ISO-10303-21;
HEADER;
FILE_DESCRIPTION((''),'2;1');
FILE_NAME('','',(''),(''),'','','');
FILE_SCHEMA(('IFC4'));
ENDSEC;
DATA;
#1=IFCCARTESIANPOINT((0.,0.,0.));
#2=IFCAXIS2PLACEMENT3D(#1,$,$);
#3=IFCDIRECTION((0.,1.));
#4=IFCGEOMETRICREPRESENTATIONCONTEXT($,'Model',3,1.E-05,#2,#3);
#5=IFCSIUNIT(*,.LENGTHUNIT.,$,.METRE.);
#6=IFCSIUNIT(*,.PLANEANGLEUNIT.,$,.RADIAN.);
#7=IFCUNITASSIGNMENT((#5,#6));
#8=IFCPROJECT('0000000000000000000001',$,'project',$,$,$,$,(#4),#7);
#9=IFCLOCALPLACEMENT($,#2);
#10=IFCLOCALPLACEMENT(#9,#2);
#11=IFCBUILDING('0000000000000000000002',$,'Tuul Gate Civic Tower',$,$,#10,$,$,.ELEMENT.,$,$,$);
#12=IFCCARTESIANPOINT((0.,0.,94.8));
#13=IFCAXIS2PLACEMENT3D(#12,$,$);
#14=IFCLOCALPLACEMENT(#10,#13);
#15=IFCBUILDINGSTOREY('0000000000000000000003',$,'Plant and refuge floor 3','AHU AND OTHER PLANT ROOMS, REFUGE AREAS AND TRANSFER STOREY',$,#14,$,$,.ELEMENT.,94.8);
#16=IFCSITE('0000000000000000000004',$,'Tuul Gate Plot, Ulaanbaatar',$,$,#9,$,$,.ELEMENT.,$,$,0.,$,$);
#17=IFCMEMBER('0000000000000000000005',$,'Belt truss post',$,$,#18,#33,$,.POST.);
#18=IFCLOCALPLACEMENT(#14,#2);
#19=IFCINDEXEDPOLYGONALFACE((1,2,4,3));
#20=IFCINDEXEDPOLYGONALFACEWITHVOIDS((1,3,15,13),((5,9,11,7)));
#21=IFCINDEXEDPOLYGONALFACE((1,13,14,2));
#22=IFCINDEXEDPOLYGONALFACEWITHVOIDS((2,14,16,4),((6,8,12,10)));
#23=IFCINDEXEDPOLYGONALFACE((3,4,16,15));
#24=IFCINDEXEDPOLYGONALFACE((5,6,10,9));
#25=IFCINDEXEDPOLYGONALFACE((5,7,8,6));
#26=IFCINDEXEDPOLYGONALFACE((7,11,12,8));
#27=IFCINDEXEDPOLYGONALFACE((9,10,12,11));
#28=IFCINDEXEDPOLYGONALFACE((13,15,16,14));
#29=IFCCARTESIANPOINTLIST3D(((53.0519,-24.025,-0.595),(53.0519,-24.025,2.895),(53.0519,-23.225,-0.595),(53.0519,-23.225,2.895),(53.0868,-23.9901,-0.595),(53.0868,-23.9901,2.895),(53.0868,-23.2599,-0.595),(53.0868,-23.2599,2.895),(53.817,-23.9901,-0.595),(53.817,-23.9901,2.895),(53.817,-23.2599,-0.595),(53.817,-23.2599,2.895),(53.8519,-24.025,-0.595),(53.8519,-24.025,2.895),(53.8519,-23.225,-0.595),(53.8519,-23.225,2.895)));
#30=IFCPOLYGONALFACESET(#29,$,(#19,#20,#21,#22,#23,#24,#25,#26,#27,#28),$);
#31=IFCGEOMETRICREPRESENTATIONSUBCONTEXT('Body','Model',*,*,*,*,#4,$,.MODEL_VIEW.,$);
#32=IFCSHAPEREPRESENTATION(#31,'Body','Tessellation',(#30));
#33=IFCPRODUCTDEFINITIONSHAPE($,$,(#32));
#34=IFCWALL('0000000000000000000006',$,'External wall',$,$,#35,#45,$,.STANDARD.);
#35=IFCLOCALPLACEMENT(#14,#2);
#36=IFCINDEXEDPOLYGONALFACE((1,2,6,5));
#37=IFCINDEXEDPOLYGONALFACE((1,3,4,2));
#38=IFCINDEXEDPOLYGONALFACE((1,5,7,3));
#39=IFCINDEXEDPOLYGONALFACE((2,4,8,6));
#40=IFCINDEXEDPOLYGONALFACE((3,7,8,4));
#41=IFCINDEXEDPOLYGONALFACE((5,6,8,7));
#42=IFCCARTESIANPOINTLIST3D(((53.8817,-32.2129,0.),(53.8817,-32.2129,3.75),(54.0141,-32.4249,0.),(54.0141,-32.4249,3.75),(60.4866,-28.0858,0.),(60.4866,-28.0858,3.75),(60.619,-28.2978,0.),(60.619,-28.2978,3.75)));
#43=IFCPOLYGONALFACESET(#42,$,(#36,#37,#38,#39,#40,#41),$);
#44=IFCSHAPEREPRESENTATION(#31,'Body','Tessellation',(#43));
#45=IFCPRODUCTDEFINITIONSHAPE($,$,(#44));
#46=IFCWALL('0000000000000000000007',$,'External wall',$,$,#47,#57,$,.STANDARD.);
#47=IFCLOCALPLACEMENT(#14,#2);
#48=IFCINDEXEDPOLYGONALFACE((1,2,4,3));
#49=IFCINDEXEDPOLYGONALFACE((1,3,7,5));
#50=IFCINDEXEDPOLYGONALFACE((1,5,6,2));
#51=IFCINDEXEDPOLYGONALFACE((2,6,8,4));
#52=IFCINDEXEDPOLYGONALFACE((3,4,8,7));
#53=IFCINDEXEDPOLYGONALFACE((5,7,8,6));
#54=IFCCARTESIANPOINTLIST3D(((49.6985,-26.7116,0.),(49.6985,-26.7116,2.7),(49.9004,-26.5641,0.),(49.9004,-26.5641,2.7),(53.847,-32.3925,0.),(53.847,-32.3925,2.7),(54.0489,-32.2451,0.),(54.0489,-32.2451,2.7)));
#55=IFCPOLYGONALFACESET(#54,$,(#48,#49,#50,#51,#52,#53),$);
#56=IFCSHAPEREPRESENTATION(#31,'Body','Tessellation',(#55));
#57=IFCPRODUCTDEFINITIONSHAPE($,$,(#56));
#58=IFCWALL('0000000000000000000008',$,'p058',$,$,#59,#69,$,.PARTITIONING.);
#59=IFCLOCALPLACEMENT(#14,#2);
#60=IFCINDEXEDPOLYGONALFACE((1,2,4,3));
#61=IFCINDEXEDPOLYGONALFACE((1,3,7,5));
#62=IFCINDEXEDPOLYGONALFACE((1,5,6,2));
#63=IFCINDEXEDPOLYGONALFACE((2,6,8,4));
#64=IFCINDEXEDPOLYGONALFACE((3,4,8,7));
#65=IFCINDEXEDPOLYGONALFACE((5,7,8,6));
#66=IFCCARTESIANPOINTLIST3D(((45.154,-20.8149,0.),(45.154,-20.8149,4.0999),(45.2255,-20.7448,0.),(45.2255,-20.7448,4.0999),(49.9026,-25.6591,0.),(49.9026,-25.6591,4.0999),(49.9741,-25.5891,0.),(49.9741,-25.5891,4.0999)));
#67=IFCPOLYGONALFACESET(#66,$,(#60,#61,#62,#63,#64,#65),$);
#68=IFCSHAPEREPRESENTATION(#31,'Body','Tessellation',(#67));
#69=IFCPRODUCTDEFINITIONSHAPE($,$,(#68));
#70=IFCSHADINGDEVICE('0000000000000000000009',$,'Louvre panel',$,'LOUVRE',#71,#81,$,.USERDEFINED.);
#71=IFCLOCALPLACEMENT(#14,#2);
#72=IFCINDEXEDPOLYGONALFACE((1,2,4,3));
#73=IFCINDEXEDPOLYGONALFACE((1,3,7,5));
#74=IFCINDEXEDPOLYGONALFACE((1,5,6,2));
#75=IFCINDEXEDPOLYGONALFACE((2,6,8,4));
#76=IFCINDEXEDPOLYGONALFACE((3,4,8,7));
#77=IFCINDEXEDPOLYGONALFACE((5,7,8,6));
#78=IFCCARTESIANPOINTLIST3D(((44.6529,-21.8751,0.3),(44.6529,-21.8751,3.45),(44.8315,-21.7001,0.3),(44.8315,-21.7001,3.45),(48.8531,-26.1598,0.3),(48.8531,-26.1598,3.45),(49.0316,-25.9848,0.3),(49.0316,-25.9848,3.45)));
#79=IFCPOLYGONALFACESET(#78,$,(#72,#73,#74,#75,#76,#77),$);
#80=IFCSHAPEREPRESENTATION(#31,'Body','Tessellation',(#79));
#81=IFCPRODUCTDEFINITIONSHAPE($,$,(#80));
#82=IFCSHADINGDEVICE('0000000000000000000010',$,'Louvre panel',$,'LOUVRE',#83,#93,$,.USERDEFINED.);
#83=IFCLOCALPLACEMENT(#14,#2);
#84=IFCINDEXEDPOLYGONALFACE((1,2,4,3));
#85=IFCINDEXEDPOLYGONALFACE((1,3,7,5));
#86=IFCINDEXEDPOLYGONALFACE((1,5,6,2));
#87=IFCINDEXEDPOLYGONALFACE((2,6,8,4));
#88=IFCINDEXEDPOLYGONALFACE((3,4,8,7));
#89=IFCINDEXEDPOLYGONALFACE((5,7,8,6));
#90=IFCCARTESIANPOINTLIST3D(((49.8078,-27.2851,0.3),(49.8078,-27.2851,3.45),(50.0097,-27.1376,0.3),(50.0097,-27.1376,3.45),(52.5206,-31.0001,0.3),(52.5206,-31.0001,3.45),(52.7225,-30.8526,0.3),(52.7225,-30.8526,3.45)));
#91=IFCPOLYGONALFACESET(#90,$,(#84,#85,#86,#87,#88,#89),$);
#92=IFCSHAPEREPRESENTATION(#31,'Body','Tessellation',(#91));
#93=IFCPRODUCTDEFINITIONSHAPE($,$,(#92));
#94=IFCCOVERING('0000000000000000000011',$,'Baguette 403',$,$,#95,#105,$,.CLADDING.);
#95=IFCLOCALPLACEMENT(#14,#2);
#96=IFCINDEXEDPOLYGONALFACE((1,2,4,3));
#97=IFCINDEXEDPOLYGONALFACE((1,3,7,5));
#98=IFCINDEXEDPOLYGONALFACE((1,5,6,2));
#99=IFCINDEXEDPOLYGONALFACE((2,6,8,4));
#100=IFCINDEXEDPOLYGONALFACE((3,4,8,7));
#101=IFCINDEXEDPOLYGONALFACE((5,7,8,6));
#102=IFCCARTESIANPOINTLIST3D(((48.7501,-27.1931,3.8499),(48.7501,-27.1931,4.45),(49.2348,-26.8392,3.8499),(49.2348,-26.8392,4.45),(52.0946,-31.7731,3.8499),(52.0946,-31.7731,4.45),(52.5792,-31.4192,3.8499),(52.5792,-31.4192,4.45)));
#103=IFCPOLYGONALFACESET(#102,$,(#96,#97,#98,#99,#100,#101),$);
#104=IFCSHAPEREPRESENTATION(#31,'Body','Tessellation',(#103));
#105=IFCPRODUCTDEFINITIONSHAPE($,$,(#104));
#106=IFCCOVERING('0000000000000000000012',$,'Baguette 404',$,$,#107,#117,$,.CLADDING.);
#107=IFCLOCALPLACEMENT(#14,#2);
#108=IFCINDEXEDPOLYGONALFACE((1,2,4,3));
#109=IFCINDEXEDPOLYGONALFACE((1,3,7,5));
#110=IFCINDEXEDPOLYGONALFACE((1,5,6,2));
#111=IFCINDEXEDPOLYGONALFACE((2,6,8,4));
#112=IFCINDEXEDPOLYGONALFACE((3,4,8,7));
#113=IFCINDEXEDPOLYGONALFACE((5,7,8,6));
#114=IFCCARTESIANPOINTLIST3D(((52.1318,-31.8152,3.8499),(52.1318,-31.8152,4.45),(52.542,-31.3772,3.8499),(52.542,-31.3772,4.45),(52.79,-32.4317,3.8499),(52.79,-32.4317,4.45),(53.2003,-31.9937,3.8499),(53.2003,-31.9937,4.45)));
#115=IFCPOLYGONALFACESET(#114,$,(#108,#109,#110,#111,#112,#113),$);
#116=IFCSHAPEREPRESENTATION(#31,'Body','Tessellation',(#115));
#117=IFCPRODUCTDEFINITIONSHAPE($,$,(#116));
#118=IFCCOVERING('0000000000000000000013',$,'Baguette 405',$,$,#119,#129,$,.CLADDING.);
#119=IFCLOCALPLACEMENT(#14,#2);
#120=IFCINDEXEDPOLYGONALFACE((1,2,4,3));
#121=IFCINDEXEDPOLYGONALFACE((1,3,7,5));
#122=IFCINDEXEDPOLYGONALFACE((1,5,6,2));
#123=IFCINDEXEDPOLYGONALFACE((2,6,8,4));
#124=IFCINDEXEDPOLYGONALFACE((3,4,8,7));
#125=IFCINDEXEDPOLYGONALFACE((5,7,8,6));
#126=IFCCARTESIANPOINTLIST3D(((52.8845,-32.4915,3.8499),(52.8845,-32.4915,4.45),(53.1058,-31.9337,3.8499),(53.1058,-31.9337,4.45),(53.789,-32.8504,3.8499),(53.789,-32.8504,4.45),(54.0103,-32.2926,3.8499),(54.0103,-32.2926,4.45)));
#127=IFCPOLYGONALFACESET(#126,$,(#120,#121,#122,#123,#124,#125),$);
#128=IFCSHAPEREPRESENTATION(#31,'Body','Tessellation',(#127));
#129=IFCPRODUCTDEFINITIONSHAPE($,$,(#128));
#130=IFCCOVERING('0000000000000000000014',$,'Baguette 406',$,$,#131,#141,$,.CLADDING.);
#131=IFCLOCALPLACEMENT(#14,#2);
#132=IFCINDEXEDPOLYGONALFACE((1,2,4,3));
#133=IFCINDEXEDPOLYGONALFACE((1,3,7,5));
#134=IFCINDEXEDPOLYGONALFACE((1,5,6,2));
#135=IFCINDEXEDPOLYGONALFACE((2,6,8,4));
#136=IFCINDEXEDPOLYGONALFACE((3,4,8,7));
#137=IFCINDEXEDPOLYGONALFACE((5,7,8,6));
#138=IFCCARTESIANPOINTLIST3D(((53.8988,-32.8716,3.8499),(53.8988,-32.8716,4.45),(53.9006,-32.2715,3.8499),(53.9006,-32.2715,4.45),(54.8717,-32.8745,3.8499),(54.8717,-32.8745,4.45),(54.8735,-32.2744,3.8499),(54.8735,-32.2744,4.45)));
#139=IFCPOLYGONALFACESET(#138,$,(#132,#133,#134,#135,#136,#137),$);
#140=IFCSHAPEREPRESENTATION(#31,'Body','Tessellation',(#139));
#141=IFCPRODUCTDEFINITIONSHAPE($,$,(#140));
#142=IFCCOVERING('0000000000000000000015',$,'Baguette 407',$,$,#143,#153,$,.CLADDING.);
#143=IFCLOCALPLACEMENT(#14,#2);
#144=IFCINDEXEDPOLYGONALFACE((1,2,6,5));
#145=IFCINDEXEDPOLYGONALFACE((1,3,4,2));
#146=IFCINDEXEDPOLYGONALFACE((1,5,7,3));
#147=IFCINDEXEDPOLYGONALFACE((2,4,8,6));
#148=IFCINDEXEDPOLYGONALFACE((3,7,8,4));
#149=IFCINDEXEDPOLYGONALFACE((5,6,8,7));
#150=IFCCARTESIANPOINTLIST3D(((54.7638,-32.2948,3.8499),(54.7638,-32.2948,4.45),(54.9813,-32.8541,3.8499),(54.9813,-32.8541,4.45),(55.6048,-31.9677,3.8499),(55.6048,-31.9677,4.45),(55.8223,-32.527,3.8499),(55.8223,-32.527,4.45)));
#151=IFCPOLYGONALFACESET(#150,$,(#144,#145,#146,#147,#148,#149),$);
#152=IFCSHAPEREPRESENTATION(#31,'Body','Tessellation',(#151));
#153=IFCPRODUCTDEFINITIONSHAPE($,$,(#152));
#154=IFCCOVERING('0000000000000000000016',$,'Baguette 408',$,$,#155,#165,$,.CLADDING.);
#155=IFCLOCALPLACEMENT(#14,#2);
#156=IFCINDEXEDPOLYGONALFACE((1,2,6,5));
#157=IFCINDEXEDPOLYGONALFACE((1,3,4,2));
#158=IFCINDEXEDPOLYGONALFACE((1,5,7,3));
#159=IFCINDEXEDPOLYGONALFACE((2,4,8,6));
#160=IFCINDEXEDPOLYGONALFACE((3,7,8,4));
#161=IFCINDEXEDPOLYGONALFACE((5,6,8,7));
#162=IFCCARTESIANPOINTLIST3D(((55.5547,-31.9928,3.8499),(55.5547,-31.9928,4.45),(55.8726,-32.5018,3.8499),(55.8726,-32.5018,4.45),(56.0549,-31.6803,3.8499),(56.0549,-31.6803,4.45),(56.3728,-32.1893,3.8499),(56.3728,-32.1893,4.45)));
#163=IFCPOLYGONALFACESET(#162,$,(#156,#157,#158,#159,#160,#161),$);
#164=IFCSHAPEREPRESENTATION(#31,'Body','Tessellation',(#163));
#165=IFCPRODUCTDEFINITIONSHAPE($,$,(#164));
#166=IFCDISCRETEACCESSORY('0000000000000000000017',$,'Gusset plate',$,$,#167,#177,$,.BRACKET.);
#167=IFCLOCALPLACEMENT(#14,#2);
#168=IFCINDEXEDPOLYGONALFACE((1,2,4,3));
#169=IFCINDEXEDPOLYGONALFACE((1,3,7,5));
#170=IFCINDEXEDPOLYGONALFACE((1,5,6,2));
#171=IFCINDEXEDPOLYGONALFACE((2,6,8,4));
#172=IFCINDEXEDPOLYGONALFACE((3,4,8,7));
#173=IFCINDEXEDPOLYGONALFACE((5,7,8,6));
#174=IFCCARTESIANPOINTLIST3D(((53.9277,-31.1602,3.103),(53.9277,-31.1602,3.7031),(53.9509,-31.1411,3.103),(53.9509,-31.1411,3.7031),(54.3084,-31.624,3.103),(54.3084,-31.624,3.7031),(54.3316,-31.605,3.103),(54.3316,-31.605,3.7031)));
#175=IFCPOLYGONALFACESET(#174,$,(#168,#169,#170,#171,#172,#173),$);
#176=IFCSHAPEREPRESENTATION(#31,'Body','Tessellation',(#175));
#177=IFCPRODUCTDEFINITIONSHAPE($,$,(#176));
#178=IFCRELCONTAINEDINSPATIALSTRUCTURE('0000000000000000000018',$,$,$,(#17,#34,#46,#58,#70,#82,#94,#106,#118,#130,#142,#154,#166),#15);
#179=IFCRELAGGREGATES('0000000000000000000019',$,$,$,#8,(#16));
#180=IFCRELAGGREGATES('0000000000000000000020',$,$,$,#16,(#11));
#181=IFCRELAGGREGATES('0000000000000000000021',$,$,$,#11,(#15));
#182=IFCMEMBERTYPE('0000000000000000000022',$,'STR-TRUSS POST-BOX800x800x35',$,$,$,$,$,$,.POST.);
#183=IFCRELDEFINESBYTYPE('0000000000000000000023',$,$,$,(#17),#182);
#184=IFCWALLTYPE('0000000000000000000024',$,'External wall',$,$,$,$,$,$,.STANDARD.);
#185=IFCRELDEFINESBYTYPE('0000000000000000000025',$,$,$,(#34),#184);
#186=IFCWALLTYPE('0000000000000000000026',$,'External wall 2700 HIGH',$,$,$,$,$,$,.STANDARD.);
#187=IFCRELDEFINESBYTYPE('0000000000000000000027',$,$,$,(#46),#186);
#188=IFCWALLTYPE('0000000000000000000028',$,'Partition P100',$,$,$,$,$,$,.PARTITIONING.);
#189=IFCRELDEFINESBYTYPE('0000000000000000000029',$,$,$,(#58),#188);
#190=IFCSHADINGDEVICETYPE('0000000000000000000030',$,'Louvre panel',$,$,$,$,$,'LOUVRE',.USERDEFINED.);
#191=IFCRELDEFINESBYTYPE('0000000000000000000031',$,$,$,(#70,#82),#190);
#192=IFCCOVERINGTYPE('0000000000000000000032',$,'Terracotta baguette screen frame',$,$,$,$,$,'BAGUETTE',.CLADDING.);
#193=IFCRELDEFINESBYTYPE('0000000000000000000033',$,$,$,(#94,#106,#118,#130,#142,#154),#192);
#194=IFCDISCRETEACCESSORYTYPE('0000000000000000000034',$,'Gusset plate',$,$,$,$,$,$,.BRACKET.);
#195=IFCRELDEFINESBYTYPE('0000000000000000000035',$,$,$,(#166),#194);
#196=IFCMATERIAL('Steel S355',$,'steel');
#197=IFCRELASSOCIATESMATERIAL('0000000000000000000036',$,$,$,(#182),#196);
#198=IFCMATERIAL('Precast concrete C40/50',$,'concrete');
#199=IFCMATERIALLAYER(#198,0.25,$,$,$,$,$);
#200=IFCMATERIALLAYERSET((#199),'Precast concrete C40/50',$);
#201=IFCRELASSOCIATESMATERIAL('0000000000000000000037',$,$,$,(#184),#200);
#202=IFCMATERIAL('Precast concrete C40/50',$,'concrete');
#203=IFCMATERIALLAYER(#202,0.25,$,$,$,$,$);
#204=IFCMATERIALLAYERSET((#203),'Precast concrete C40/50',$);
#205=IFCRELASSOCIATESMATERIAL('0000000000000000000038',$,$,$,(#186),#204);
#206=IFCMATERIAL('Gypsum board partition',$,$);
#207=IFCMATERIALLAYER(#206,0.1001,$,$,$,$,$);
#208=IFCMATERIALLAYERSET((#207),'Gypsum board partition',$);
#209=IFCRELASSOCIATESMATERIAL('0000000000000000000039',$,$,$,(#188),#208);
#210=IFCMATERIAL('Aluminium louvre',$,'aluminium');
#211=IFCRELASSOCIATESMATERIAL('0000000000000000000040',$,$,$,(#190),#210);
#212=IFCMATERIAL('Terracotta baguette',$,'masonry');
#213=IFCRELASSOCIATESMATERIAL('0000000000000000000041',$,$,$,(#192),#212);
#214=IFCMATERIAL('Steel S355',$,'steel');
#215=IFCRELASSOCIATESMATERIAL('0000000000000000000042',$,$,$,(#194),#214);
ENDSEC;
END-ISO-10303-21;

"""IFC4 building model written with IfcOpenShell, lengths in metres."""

from ifc_helpers import new_model, si_unit, direction, frame, frame_2d, origin, origin_2d, place, context, subcontext, project, spatial, rectangle, hollow_rectangle, extrude, material, layer, layer_set, material_profile, profile_set, type_object, element, save


model = new_model("IFC4")

# Units and contexts
model_context = context("Model", 3, precision=1e-05, world=origin(), true_north=direction((0.0, 1.0)))
body_context = subcontext(model_context, "Body", "Model", "MODEL_VIEW")
ifc_project = project(units=[si_unit("LENGTHUNIT", "METRE"), si_unit("PLANEANGLEUNIT", "RADIAN")], contexts=[model_context])

# Site, building, storey
site_placement = place(None, origin())
site = spatial("IfcSite", under=ifc_project, at=site_placement, Name="Tuul Gate Plot, Ulaanbaatar", CompositionType="ELEMENT", RefElevation=0.0)
building_placement = place(site_placement, origin())
building = spatial("IfcBuilding", under=site, at=building_placement, Name="Tuul Gate Civic Tower", CompositionType="ELEMENT")
storey_placement = place(building_placement, frame((0.0, 0.0, 94.8)))
storey = spatial("IfcBuildingStorey", under=building, at=storey_placement, Name="Plant and refuge floor 3", Description="AHU AND OTHER PLANT ROOMS, REFUGE AREAS AND TRANSFER STOREY", CompositionType="ELEMENT", Elevation=94.8)

# Member
ifc_material_1 = material(Name="Steel S355", Category="steel")
ifc_material_profile_1 = material_profile(ifc_material_1, hollow_rectangle(XDim=0.8, YDim=0.8, WallThickness=0.0349, at=origin_2d()), Name="BOX800x800x35")
ifc_profile_set_1 = profile_set([ifc_material_profile_1], Name="Steel S355")
member_type_1 = type_object("IfcMemberType", Name="STR-TRUSS POST-BOX800x800x35", PredefinedType="POST", material=ifc_profile_set_1)
for number, where, z_axis, x_axis, name in (
    (1, (53.4519, -23.625, -0.595), (0.0, 0.0, 1.0), (1.0, 0.0, 0.0), "Belt truss post"),
):
    element("IfcMember", number, at=place(storey_placement, frame(where, z_axis=z_axis, x_axis=x_axis)), inside=storey, type_object=member_type_1, Name=name, PredefinedType="POST", context=body_context, shape_type="SweptSolid", body=[
        extrude(hollow_rectangle(XDim=0.8, YDim=0.8, WallThickness=0.0349, at=origin_2d()), origin(), (0.0, 0.0, 1.0), 3.49),
    ])

# Walls
ifc_material_2 = material(Name="Precast concrete C40/50", Category="concrete")
ifc_layer_1 = layer(ifc_material_2, 0.25)
ifc_layer_set_1 = layer_set([ifc_layer_1], Name="Precast concrete C40/50")
wall_type_1 = type_object("IfcWallType", Name="External wall", PredefinedType="STANDARD", material=ifc_layer_set_1)
wall_1_placement = place(storey_placement, frame((53.948, -32.3188, 0.0), z_axis=(0.0, 0.0, 1.0), x_axis=(0.848051, 0.529914, 0.0)))
element("IfcWall", 2, at=wall_1_placement, inside=storey, type_object=wall_type_1, Name="External wall", PredefinedType="STANDARD", context=body_context, shape_type="SweptSolid", body=[
    extrude(rectangle(XDim=7.7883, YDim=0.25, at=frame_2d((3.894, 0.0))), origin(), (0.0, 0.0, 1.0), 3.75),
])
ifc_material_3 = material(Name="Precast concrete C40/50", Category="concrete")
ifc_layer_2 = layer(ifc_material_3, 0.25)
ifc_layer_set_2 = layer_set([ifc_layer_2], Name="Precast concrete C40/50")
wall_type_2 = type_object("IfcWallType", Name="External wall 2700 HIGH", PredefinedType="STANDARD", material=ifc_layer_set_2)
wall_2_placement = place(storey_placement, frame((49.7996, -26.6379, 0.0), z_axis=(0.0, 0.0, 1.0), x_axis=(0.589739, -0.807594, 0.0)))
element("IfcWall", 3, at=wall_2_placement, inside=storey, type_object=wall_type_2, Name="External wall", PredefinedType="STANDARD", context=body_context, shape_type="SweptSolid", body=[
    extrude(rectangle(XDim=7.0344, YDim=0.25, at=frame_2d((3.5171, 0.0))), origin(), (0.0, 0.0, 1.0), 2.7),
])
ifc_material_4 = material(Name="Gypsum board partition")
ifc_layer_3 = layer(ifc_material_4, 0.1001)
ifc_layer_set_3 = layer_set([ifc_layer_3], Name="Gypsum board partition")
wall_type_3 = type_object("IfcWallType", Name="Partition P100", PredefinedType="PARTITIONING", material=ifc_layer_set_3)
wall_3_placement = place(storey_placement, frame((49.9382, -25.624, 0.0), z_axis=(0.0, 0.0, 1.0), x_axis=(-0.700017, 0.714126, 0.0)))
element("IfcWall", 4, at=wall_3_placement, inside=storey, type_object=wall_type_3, Name="p058", PredefinedType="PARTITIONING", context=body_context, shape_type="SweptSolid", body=[
    extrude(rectangle(XDim=6.7834, YDim=0.1001, at=frame_2d((3.3916, 0.0))), origin(), (0.0, 0.0, 1.0), 4.0999),
])

# Shading devices
ifc_material_5 = material(Name="Aluminium louvre", Category="aluminium")
shading_device_type = type_object("IfcShadingDeviceType", Name="Louvre panel", ElementType="LOUVRE", PredefinedType="USERDEFINED", material=ifc_material_5)
shading_device_1_placement = place(storey_placement, frame((46.8423, -23.9299, 0.3), z_axis=(0.0, 0.0, 1.0), x_axis=(-0.714113, -0.70003, 0.0)))
element("IfcShadingDevice", 5, at=shading_device_1_placement, inside=storey, type_object=shading_device_type, Name="Louvre panel", ObjectType="LOUVRE", PredefinedType="USERDEFINED", context=body_context, shape_type="SweptSolid", body=[
    extrude(rectangle(XDim=0.25, YDim=6.0, at=origin_2d()), origin(), (0.0, 0.0, 1.0), 3.1499),
])
shading_device_2_placement = place(storey_placement, frame((51.2651, -29.0688, 0.3), z_axis=(0.0, 0.0, 1.0), x_axis=(-0.807595, -0.589737, 0.0)))
element("IfcShadingDevice", 6, at=shading_device_2_placement, inside=storey, type_object=shading_device_type, Name="Louvre panel", ObjectType="LOUVRE", PredefinedType="USERDEFINED", context=body_context, shape_type="SweptSolid", body=[
    extrude(rectangle(XDim=0.25, YDim=4.6001, at=origin_2d()), origin(), (0.0, 0.0, 1.0), 3.1499),
])

# Coverings
ifc_material_6 = material(Name="Terracotta baguette", Category="masonry")
ifc_material_profile_2 = material_profile(ifc_material_6, rectangle(XDim=0.6001, YDim=0.6001, at=origin_2d()), Name="Terracotta baguette screen frame")
ifc_profile_set_2 = profile_set([ifc_material_profile_2], Name="Terracotta baguette")
covering_type = type_object("IfcCoveringType", Name="Terracotta baguette screen frame", ElementType="BAGUETTE", PredefinedType="CLADDING", material=ifc_profile_set_2)
covering_1_placement = place(storey_placement, frame((48.9924, -27.0161, 4.1499), z_axis=(0.589729, -0.807601, 0.0), x_axis=(0.807601, 0.589729, 0.0)))
element("IfcCovering", 7, at=covering_1_placement, inside=storey, type_object=covering_type, Name="Baguette 403", PredefinedType="CLADDING", context=body_context, shape_type="SweptSolid", body=[
    extrude(rectangle(XDim=0.6001, YDim=0.6001, at=origin_2d()), origin(), (0.0, 0.0, 1.0), 5.6711),
])
covering_2_placement = place(storey_placement, frame((52.3369, -31.5962, 4.1499), z_axis=(0.729875, -0.683581, 0.0), x_axis=(0.683581, 0.729875, 0.0)))
element("IfcCovering", 8, at=covering_2_placement, inside=storey, type_object=covering_type, Name="Baguette 404", PredefinedType="CLADDING", context=body_context, shape_type="SweptSolid", body=[
    extrude(rectangle(XDim=0.6001, YDim=0.6001, at=origin_2d()), origin(), (0.0, 0.0, 1.0), 0.9019),
])
covering_3_placement = place(storey_placement, frame((52.9951, -32.2126, 4.1499), z_axis=(0.929511, -0.368794, 0.0), x_axis=(0.368794, 0.929511, 0.0)))
element("IfcCovering", 9, at=covering_3_placement, inside=storey, type_object=covering_type, Name="Baguette 405", PredefinedType="CLADDING", context=body_context, shape_type="SweptSolid", body=[
    extrude(rectangle(XDim=0.6001, YDim=0.6001, at=origin_2d()), origin(), (0.0, 0.0, 1.0), 0.9731),
])
covering_4_placement = place(storey_placement, frame((53.8997, -32.5715, 4.1499), z_axis=(0.999995, -0.003011, 0.0), x_axis=(0.003011, 0.999995, 0.0)))
element("IfcCovering", 10, at=covering_4_placement, inside=storey, type_object=covering_type, Name="Baguette 406", PredefinedType="CLADDING", context=body_context, shape_type="SweptSolid", body=[
    extrude(rectangle(XDim=0.6001, YDim=0.6001, at=origin_2d()), origin(), (0.0, 0.0, 1.0), 0.9729),
])
covering_5_placement = place(storey_placement, frame((54.8726, -32.5745, 4.1499), z_axis=(0.931979, 0.362512, 0.0), x_axis=(-0.362512, 0.931979, 0.0)))
element("IfcCovering", 11, at=covering_5_placement, inside=storey, type_object=covering_type, Name="Baguette 407", PredefinedType="CLADDING", context=body_context, shape_type="SweptSolid", body=[
    extrude(rectangle(XDim=0.6001, YDim=0.6001, at=origin_2d()), origin(), (0.0, 0.0, 1.0), 0.9023),
])
covering_6_placement = place(storey_placement, frame((55.7136, -32.2473, 4.1499), z_axis=(0.848115, 0.529813, 0.0), x_axis=(-0.529813, 0.848115, 0.0)))
element("IfcCovering", 12, at=covering_6_placement, inside=storey, type_object=covering_type, Name="Baguette 408", PredefinedType="CLADDING", context=body_context, shape_type="SweptSolid", body=[
    extrude(rectangle(XDim=0.6001, YDim=0.6001, at=origin_2d()), origin(), (0.0, 0.0, 1.0), 0.5898),
])

# Discrete accessory
ifc_material_7 = material(Name="Steel S355", Category="steel")
discrete_accessory_type = type_object("IfcDiscreteAccessoryType", Name="Gusset plate", PredefinedType="BRACKET", material=ifc_material_7)
discrete_accessory_placement = place(storey_placement, frame((54.1296, -31.3826, 3.103), z_axis=(0.0, 0.0, 1.0), x_axis=(-0.6344, 0.773005, 0.0)))
element("IfcDiscreteAccessory", 13, at=discrete_accessory_placement, inside=storey, type_object=discrete_accessory_type, Name="Gusset plate", PredefinedType="BRACKET", context=body_context, shape_type="SweptSolid", body=[
    extrude(rectangle(XDim=0.6001, YDim=0.03, at=origin_2d()), origin(), (0.0, 0.0, 1.0), 0.6001),
])

save(model, "model.ifc")
